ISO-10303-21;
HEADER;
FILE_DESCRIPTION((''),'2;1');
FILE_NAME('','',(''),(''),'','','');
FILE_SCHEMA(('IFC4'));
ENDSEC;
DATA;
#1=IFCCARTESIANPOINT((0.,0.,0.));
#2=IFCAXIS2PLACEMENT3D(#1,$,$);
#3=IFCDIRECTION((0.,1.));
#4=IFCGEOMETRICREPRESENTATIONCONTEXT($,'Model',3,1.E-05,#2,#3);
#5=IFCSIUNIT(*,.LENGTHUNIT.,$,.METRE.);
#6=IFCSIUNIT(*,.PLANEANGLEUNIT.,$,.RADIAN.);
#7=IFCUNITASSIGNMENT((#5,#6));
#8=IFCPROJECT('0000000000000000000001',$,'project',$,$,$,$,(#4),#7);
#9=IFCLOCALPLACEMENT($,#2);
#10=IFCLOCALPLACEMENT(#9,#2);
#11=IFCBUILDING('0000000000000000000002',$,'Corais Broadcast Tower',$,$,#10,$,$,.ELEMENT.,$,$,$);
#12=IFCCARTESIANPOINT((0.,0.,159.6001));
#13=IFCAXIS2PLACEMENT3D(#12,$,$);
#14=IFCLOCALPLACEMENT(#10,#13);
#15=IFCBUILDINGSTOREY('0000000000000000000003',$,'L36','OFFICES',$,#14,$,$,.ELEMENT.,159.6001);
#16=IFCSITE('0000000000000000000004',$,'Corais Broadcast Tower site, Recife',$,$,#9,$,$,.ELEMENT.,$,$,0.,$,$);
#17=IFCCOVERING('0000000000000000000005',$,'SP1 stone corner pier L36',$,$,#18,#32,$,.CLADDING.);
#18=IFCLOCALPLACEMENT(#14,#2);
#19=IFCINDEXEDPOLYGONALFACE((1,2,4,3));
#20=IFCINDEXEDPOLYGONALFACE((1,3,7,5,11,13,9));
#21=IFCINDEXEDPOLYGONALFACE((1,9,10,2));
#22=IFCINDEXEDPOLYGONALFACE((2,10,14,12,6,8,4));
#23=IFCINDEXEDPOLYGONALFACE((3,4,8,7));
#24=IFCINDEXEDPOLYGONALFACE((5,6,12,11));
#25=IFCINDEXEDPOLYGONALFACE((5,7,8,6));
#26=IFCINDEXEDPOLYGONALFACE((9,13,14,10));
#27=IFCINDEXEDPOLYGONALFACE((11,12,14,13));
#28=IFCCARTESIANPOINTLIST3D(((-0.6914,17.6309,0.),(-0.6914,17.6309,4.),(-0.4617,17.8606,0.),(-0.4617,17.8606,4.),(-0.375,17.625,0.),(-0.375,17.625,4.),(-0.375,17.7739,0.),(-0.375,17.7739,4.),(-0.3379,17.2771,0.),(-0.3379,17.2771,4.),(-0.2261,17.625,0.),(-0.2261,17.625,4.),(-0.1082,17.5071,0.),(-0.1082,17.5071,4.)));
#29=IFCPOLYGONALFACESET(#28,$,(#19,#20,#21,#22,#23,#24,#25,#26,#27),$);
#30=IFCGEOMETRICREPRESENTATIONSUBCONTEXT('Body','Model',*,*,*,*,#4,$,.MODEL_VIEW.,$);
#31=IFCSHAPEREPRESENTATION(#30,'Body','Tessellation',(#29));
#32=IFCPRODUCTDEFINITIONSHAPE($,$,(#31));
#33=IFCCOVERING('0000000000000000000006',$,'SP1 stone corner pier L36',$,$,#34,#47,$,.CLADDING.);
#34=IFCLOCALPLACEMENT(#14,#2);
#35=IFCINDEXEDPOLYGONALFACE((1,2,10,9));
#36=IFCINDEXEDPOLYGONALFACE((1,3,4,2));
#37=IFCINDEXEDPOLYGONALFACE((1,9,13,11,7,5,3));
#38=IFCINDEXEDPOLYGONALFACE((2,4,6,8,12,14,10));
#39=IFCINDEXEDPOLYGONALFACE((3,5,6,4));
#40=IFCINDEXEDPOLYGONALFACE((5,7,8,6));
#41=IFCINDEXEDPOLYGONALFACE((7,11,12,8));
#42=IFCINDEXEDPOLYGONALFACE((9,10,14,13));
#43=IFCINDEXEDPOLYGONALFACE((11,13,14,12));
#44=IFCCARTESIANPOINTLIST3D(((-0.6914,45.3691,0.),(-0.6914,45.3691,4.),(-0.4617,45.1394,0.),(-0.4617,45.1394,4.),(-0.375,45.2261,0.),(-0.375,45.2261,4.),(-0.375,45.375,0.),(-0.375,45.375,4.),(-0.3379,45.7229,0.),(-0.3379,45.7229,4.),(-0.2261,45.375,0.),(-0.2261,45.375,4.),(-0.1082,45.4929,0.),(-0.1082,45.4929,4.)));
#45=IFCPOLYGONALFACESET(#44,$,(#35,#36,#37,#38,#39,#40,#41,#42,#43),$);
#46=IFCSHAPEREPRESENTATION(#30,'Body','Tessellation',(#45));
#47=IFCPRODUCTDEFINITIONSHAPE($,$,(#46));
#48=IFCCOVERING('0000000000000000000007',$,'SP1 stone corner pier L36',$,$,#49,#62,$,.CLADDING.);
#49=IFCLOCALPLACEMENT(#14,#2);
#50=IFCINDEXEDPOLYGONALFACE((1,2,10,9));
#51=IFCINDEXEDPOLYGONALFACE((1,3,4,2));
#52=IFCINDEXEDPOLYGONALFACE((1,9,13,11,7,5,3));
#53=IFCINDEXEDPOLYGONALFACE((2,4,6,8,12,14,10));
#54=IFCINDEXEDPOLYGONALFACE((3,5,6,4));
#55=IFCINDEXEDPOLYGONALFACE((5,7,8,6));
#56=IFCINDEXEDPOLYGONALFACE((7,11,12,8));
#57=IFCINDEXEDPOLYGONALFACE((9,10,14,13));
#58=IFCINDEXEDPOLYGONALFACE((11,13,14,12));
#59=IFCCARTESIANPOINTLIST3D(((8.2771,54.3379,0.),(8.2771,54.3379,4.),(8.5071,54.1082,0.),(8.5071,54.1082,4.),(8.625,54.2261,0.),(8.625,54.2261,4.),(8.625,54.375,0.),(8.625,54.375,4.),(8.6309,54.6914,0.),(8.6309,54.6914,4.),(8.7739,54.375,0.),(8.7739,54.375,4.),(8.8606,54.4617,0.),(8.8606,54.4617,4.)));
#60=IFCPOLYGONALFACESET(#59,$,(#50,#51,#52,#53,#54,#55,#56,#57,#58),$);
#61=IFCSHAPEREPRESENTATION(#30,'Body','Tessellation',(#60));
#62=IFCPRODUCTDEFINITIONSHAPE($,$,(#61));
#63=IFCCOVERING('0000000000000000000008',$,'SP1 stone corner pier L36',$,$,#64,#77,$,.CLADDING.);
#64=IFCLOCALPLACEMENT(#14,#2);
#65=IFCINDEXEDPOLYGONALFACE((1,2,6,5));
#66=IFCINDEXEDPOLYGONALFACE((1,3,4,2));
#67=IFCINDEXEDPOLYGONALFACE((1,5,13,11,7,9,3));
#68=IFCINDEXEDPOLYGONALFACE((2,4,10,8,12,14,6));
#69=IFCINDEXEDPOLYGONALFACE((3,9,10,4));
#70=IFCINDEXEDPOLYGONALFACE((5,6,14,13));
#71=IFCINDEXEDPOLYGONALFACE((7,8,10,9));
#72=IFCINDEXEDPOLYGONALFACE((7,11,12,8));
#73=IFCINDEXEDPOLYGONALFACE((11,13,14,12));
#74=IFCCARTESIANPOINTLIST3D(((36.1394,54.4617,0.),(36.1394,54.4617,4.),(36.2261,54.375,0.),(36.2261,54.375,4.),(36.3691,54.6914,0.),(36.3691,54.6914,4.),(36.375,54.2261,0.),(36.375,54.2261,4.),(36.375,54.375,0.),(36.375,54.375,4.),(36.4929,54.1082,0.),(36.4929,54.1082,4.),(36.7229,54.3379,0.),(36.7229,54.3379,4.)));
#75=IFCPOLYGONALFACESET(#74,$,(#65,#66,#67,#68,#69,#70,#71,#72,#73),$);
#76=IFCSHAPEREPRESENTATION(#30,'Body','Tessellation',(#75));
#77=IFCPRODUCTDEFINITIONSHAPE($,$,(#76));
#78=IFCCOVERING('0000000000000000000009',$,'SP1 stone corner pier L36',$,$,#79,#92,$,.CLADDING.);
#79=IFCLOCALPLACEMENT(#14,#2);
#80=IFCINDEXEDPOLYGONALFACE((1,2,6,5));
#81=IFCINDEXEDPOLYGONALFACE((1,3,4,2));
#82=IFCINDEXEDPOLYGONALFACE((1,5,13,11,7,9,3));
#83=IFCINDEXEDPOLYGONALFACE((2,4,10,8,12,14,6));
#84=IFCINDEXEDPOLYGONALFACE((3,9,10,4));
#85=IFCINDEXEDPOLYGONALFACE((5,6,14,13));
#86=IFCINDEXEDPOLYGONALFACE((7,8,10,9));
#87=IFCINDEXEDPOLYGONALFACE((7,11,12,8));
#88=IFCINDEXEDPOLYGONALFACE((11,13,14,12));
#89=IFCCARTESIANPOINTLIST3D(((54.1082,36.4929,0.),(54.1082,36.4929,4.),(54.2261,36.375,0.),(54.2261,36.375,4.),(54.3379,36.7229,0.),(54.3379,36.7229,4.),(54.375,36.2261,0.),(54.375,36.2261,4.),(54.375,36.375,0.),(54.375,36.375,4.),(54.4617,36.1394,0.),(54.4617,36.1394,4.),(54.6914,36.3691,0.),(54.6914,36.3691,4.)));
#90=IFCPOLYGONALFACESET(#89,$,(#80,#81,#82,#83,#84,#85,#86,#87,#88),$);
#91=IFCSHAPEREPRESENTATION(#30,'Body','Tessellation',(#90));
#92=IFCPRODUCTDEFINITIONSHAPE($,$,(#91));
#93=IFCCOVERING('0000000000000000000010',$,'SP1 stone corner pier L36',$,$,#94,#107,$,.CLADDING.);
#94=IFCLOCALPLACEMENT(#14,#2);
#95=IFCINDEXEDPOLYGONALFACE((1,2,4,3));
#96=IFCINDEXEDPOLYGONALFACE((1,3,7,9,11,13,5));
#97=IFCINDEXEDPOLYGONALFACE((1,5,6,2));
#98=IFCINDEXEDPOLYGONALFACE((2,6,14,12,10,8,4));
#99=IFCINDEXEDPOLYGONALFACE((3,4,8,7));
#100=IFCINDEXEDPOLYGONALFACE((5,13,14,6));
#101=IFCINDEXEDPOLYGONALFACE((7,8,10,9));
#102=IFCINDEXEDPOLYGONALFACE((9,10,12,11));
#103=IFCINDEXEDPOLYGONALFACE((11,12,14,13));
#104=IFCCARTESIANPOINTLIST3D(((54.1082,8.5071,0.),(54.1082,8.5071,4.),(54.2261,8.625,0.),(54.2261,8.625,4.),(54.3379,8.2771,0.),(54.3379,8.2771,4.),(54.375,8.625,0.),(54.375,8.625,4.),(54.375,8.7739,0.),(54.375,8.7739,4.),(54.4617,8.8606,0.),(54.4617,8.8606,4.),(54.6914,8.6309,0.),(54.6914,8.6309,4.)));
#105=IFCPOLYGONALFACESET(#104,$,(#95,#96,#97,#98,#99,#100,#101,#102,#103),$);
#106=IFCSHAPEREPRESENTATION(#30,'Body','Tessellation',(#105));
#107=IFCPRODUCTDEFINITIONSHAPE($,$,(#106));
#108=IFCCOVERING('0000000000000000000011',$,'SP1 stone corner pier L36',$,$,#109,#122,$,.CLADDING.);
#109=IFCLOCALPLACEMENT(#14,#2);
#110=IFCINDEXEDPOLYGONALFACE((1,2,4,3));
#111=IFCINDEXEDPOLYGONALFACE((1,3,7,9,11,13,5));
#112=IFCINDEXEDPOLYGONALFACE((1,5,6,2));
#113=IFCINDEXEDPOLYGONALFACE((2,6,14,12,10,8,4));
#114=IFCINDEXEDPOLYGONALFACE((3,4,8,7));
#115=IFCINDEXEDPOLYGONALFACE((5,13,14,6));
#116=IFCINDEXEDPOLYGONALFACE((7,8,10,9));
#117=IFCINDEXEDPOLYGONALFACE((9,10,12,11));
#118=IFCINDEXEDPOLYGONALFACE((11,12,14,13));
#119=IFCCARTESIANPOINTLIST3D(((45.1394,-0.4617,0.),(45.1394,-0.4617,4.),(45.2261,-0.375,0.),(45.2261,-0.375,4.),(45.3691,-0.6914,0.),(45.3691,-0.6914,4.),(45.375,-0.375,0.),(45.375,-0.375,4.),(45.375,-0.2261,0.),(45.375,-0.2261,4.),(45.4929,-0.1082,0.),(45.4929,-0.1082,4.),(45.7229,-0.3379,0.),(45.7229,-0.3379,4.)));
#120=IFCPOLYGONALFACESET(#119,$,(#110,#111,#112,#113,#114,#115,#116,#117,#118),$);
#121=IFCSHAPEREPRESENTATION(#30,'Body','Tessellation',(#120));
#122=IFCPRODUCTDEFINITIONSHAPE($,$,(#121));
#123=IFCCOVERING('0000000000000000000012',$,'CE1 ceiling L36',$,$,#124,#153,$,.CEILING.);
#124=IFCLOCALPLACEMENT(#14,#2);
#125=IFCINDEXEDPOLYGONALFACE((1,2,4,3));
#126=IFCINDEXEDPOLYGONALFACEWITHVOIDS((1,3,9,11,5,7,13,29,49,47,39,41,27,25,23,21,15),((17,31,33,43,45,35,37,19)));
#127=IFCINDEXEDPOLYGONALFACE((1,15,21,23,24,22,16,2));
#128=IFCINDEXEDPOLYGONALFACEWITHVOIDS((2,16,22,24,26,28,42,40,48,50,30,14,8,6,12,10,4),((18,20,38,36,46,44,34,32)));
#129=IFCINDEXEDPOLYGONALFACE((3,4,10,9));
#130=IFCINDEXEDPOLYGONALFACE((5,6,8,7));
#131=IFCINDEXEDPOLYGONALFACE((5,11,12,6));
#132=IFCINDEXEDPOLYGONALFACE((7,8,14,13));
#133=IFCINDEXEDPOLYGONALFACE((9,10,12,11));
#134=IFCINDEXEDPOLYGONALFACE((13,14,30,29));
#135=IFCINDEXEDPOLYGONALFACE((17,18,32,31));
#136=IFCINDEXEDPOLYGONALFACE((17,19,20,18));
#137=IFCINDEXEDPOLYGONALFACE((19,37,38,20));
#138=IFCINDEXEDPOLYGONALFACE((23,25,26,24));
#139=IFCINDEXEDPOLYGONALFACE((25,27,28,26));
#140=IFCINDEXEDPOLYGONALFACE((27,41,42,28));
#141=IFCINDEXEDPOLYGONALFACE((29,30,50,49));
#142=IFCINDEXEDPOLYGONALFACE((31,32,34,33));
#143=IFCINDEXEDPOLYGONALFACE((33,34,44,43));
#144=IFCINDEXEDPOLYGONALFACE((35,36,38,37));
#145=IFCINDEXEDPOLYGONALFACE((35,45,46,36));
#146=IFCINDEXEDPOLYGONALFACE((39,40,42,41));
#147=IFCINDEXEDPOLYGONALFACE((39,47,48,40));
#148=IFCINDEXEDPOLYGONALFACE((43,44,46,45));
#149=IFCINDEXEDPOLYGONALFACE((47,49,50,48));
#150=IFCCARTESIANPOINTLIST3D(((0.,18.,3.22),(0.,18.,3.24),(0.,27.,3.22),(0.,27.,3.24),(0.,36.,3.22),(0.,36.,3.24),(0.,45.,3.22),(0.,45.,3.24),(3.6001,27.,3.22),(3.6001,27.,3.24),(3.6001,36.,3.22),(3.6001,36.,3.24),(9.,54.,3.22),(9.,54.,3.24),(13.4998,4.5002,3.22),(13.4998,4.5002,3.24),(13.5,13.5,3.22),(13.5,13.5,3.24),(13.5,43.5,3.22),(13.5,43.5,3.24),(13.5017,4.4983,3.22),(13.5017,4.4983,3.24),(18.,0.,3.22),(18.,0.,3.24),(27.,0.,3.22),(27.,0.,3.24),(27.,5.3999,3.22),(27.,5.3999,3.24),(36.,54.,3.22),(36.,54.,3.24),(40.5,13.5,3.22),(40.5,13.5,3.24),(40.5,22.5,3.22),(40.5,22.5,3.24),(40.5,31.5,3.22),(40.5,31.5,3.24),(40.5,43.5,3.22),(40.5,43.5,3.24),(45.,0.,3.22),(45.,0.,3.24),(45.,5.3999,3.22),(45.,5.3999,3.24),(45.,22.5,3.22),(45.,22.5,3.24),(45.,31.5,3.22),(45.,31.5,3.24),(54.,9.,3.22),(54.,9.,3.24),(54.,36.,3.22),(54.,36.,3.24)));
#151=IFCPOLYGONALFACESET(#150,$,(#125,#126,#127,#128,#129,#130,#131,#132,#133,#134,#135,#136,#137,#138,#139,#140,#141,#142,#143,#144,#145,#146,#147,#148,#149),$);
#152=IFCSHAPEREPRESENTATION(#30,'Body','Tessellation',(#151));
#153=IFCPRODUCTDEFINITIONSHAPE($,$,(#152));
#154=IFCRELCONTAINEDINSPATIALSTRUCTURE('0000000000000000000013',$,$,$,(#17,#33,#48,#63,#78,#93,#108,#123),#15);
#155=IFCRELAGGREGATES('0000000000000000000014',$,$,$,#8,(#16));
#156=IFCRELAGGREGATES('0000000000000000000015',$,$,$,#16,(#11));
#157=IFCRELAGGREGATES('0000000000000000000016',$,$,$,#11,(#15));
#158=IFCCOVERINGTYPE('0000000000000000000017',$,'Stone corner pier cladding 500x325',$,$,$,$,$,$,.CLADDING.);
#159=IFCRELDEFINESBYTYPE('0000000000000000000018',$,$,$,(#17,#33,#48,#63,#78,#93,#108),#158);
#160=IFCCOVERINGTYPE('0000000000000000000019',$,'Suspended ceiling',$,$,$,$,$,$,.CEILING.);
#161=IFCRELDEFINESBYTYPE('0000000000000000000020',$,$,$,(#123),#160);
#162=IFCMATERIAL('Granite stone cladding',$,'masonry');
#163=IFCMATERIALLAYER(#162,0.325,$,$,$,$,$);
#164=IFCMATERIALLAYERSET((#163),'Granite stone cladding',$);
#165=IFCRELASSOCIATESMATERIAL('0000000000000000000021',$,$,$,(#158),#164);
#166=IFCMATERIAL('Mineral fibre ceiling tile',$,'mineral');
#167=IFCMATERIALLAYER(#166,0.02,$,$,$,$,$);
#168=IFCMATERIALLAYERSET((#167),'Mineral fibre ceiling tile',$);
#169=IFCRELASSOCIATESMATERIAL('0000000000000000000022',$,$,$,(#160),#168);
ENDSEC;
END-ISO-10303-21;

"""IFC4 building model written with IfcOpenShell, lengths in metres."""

from ifc_helpers import new_model, si_unit, direction, frame, origin, place, context, subcontext, project, spatial, polyline, outline, extrude, material, layer, layer_set, type_object, element, save


model = new_model("IFC4")

# Units and contexts
model_context = context("Model", 3, precision=1e-05, world=origin(), true_north=direction((0.0, 1.0)))
body_context = subcontext(model_context, "Body", "Model", "MODEL_VIEW")
ifc_project = project(units=[si_unit("LENGTHUNIT", "METRE"), si_unit("PLANEANGLEUNIT", "RADIAN")], contexts=[model_context])

# Site, building, storey
site_placement = place(None, origin())
site = spatial("IfcSite", under=ifc_project, at=site_placement, Name="Corais Broadcast Tower site, Recife", CompositionType="ELEMENT", RefElevation=0.0)
building_placement = place(site_placement, origin())
building = spatial("IfcBuilding", under=site, at=building_placement, Name="Corais Broadcast Tower", CompositionType="ELEMENT")
storey_placement = place(building_placement, frame((0.0, 0.0, 159.6001)))
storey = spatial("IfcBuildingStorey", under=building, at=storey_placement, Name="L36", Description="OFFICES", CompositionType="ELEMENT", Elevation=159.6001)

# Coverings
ifc_material_1 = material(Name="Granite stone cladding", Category="masonry")
ifc_layer_1 = layer(ifc_material_1, 0.325)
ifc_layer_set_1 = layer_set([ifc_layer_1], Name="Granite stone cladding")
covering_type_1 = type_object("IfcCoveringType", Name="Stone corner pier cladding 500x325", PredefinedType="CLADDING", material=ifc_layer_set_1)
covering_1_placement = place(storey_placement, origin())
element("IfcCovering", 1, at=covering_1_placement, inside=storey, type_object=covering_type_1, Name="SP1 stone corner pier L36", PredefinedType="CLADDING", context=body_context, shape_type="SweptSolid", body=[
    extrude(outline(polyline([(-0.375, 17.7739), (-0.4617, 17.8606), (-0.6914, 17.6309), (-0.3379, 17.2771), (-0.1082, 17.5071), (-0.2261, 17.625), (-0.375, 17.625), (-0.375, 17.7739)])), origin(), (0.0, 0.0, 1.0), 4.0),
])
covering_2_placement = place(storey_placement, origin())
element("IfcCovering", 2, at=covering_2_placement, inside=storey, type_object=covering_type_1, Name="SP1 stone corner pier L36", PredefinedType="CLADDING", context=body_context, shape_type="SweptSolid", body=[
    extrude(outline(polyline([(-0.4617, 45.1394), (-0.375, 45.2261), (-0.375, 45.375), (-0.2261, 45.375), (-0.1082, 45.4929), (-0.3379, 45.7229), (-0.6914, 45.3691), (-0.4617, 45.1394)])), origin(), (0.0, 0.0, 1.0), 4.0),
])
covering_3_placement = place(storey_placement, origin())
element("IfcCovering", 3, at=covering_3_placement, inside=storey, type_object=covering_type_1, Name="SP1 stone corner pier L36", PredefinedType="CLADDING", context=body_context, shape_type="SweptSolid", body=[
    extrude(outline(polyline([(8.7739, 54.375), (8.8606, 54.4617), (8.6309, 54.6914), (8.2771, 54.3379), (8.5071, 54.1082), (8.625, 54.2261), (8.625, 54.375), (8.7739, 54.375)])), origin(), (0.0, 0.0, 1.0), 4.0),
])
covering_4_placement = place(storey_placement, origin())
element("IfcCovering", 4, at=covering_4_placement, inside=storey, type_object=covering_type_1, Name="SP1 stone corner pier L36", PredefinedType="CLADDING", context=body_context, shape_type="SweptSolid", body=[
    extrude(outline(polyline([(36.1394, 54.4617), (36.2261, 54.375), (36.375, 54.375), (36.375, 54.2261), (36.4929, 54.1082), (36.7229, 54.3379), (36.3691, 54.6914), (36.1394, 54.4617)])), origin(), (0.0, 0.0, 1.0), 4.0),
])
covering_5_placement = place(storey_placement, origin())
element("IfcCovering", 5, at=covering_5_placement, inside=storey, type_object=covering_type_1, Name="SP1 stone corner pier L36", PredefinedType="CLADDING", context=body_context, shape_type="SweptSolid", body=[
    extrude(outline(polyline([(54.375, 36.2261), (54.4617, 36.1394), (54.6914, 36.3691), (54.3379, 36.7229), (54.1082, 36.4929), (54.2261, 36.375), (54.375, 36.375), (54.375, 36.2261)])), origin(), (0.0, 0.0, 1.0), 4.0),
])
covering_6_placement = place(storey_placement, origin())
element("IfcCovering", 6, at=covering_6_placement, inside=storey, type_object=covering_type_1, Name="SP1 stone corner pier L36", PredefinedType="CLADDING", context=body_context, shape_type="SweptSolid", body=[
    extrude(outline(polyline([(54.4617, 8.8606), (54.375, 8.7739), (54.375, 8.625), (54.2261, 8.625), (54.1082, 8.5071), (54.3379, 8.2771), (54.6914, 8.6309), (54.4617, 8.8606)])), origin(), (0.0, 0.0, 1.0), 4.0),
])
covering_7_placement = place(storey_placement, origin())
element("IfcCovering", 7, at=covering_7_placement, inside=storey, type_object=covering_type_1, Name="SP1 stone corner pier L36", PredefinedType="CLADDING", context=body_context, shape_type="SweptSolid", body=[
    extrude(outline(polyline([(45.2261, -0.375), (45.1394, -0.4617), (45.3691, -0.6914), (45.7229, -0.3379), (45.4929, -0.1082), (45.375, -0.2261), (45.375, -0.375), (45.2261, -0.375)])), origin(), (0.0, 0.0, 1.0), 4.0),
])
ifc_material_2 = material(Name="Mineral fibre ceiling tile", Category="mineral")
ifc_layer_2 = layer(ifc_material_2, 0.02)
ifc_layer_set_2 = layer_set([ifc_layer_2], Name="Mineral fibre ceiling tile")
covering_type_2 = type_object("IfcCoveringType", Name="Suspended ceiling", PredefinedType="CEILING", material=ifc_layer_set_2)
covering_8_placement = place(storey_placement, frame((0.0, 0.0, 3.22)))
element("IfcCovering", 8, at=covering_8_placement, inside=storey, type_object=covering_type_2, Name="CE1 ceiling L36", PredefinedType="CEILING", context=body_context, shape_type="SweptSolid", body=[
    extrude(outline(polyline([(18.0, 0.0), (13.5017, 4.4983), (13.4998, 4.5002), (0.0, 18.0), (0.0, 27.0), (3.6001, 27.0), (3.6001, 36.0), (0.0, 36.0), (0.0, 45.0), (9.0, 54.0), (36.0, 54.0), (54.0, 36.0), (54.0, 9.0), (45.0, 0.0), (45.0, 5.3999), (27.0, 5.3999), (27.0, 0.0), (18.0, 0.0)]), holes=[polyline([(40.5, 43.5), (13.5, 43.5), (13.5, 13.5), (40.5, 13.5), (40.5, 22.5), (45.0, 22.5), (45.0, 31.5), (40.5, 31.5), (40.5, 43.5)])]), origin(), (0.0, 0.0, 1.0), 0.02),
])

save(model, "model.ifc")
